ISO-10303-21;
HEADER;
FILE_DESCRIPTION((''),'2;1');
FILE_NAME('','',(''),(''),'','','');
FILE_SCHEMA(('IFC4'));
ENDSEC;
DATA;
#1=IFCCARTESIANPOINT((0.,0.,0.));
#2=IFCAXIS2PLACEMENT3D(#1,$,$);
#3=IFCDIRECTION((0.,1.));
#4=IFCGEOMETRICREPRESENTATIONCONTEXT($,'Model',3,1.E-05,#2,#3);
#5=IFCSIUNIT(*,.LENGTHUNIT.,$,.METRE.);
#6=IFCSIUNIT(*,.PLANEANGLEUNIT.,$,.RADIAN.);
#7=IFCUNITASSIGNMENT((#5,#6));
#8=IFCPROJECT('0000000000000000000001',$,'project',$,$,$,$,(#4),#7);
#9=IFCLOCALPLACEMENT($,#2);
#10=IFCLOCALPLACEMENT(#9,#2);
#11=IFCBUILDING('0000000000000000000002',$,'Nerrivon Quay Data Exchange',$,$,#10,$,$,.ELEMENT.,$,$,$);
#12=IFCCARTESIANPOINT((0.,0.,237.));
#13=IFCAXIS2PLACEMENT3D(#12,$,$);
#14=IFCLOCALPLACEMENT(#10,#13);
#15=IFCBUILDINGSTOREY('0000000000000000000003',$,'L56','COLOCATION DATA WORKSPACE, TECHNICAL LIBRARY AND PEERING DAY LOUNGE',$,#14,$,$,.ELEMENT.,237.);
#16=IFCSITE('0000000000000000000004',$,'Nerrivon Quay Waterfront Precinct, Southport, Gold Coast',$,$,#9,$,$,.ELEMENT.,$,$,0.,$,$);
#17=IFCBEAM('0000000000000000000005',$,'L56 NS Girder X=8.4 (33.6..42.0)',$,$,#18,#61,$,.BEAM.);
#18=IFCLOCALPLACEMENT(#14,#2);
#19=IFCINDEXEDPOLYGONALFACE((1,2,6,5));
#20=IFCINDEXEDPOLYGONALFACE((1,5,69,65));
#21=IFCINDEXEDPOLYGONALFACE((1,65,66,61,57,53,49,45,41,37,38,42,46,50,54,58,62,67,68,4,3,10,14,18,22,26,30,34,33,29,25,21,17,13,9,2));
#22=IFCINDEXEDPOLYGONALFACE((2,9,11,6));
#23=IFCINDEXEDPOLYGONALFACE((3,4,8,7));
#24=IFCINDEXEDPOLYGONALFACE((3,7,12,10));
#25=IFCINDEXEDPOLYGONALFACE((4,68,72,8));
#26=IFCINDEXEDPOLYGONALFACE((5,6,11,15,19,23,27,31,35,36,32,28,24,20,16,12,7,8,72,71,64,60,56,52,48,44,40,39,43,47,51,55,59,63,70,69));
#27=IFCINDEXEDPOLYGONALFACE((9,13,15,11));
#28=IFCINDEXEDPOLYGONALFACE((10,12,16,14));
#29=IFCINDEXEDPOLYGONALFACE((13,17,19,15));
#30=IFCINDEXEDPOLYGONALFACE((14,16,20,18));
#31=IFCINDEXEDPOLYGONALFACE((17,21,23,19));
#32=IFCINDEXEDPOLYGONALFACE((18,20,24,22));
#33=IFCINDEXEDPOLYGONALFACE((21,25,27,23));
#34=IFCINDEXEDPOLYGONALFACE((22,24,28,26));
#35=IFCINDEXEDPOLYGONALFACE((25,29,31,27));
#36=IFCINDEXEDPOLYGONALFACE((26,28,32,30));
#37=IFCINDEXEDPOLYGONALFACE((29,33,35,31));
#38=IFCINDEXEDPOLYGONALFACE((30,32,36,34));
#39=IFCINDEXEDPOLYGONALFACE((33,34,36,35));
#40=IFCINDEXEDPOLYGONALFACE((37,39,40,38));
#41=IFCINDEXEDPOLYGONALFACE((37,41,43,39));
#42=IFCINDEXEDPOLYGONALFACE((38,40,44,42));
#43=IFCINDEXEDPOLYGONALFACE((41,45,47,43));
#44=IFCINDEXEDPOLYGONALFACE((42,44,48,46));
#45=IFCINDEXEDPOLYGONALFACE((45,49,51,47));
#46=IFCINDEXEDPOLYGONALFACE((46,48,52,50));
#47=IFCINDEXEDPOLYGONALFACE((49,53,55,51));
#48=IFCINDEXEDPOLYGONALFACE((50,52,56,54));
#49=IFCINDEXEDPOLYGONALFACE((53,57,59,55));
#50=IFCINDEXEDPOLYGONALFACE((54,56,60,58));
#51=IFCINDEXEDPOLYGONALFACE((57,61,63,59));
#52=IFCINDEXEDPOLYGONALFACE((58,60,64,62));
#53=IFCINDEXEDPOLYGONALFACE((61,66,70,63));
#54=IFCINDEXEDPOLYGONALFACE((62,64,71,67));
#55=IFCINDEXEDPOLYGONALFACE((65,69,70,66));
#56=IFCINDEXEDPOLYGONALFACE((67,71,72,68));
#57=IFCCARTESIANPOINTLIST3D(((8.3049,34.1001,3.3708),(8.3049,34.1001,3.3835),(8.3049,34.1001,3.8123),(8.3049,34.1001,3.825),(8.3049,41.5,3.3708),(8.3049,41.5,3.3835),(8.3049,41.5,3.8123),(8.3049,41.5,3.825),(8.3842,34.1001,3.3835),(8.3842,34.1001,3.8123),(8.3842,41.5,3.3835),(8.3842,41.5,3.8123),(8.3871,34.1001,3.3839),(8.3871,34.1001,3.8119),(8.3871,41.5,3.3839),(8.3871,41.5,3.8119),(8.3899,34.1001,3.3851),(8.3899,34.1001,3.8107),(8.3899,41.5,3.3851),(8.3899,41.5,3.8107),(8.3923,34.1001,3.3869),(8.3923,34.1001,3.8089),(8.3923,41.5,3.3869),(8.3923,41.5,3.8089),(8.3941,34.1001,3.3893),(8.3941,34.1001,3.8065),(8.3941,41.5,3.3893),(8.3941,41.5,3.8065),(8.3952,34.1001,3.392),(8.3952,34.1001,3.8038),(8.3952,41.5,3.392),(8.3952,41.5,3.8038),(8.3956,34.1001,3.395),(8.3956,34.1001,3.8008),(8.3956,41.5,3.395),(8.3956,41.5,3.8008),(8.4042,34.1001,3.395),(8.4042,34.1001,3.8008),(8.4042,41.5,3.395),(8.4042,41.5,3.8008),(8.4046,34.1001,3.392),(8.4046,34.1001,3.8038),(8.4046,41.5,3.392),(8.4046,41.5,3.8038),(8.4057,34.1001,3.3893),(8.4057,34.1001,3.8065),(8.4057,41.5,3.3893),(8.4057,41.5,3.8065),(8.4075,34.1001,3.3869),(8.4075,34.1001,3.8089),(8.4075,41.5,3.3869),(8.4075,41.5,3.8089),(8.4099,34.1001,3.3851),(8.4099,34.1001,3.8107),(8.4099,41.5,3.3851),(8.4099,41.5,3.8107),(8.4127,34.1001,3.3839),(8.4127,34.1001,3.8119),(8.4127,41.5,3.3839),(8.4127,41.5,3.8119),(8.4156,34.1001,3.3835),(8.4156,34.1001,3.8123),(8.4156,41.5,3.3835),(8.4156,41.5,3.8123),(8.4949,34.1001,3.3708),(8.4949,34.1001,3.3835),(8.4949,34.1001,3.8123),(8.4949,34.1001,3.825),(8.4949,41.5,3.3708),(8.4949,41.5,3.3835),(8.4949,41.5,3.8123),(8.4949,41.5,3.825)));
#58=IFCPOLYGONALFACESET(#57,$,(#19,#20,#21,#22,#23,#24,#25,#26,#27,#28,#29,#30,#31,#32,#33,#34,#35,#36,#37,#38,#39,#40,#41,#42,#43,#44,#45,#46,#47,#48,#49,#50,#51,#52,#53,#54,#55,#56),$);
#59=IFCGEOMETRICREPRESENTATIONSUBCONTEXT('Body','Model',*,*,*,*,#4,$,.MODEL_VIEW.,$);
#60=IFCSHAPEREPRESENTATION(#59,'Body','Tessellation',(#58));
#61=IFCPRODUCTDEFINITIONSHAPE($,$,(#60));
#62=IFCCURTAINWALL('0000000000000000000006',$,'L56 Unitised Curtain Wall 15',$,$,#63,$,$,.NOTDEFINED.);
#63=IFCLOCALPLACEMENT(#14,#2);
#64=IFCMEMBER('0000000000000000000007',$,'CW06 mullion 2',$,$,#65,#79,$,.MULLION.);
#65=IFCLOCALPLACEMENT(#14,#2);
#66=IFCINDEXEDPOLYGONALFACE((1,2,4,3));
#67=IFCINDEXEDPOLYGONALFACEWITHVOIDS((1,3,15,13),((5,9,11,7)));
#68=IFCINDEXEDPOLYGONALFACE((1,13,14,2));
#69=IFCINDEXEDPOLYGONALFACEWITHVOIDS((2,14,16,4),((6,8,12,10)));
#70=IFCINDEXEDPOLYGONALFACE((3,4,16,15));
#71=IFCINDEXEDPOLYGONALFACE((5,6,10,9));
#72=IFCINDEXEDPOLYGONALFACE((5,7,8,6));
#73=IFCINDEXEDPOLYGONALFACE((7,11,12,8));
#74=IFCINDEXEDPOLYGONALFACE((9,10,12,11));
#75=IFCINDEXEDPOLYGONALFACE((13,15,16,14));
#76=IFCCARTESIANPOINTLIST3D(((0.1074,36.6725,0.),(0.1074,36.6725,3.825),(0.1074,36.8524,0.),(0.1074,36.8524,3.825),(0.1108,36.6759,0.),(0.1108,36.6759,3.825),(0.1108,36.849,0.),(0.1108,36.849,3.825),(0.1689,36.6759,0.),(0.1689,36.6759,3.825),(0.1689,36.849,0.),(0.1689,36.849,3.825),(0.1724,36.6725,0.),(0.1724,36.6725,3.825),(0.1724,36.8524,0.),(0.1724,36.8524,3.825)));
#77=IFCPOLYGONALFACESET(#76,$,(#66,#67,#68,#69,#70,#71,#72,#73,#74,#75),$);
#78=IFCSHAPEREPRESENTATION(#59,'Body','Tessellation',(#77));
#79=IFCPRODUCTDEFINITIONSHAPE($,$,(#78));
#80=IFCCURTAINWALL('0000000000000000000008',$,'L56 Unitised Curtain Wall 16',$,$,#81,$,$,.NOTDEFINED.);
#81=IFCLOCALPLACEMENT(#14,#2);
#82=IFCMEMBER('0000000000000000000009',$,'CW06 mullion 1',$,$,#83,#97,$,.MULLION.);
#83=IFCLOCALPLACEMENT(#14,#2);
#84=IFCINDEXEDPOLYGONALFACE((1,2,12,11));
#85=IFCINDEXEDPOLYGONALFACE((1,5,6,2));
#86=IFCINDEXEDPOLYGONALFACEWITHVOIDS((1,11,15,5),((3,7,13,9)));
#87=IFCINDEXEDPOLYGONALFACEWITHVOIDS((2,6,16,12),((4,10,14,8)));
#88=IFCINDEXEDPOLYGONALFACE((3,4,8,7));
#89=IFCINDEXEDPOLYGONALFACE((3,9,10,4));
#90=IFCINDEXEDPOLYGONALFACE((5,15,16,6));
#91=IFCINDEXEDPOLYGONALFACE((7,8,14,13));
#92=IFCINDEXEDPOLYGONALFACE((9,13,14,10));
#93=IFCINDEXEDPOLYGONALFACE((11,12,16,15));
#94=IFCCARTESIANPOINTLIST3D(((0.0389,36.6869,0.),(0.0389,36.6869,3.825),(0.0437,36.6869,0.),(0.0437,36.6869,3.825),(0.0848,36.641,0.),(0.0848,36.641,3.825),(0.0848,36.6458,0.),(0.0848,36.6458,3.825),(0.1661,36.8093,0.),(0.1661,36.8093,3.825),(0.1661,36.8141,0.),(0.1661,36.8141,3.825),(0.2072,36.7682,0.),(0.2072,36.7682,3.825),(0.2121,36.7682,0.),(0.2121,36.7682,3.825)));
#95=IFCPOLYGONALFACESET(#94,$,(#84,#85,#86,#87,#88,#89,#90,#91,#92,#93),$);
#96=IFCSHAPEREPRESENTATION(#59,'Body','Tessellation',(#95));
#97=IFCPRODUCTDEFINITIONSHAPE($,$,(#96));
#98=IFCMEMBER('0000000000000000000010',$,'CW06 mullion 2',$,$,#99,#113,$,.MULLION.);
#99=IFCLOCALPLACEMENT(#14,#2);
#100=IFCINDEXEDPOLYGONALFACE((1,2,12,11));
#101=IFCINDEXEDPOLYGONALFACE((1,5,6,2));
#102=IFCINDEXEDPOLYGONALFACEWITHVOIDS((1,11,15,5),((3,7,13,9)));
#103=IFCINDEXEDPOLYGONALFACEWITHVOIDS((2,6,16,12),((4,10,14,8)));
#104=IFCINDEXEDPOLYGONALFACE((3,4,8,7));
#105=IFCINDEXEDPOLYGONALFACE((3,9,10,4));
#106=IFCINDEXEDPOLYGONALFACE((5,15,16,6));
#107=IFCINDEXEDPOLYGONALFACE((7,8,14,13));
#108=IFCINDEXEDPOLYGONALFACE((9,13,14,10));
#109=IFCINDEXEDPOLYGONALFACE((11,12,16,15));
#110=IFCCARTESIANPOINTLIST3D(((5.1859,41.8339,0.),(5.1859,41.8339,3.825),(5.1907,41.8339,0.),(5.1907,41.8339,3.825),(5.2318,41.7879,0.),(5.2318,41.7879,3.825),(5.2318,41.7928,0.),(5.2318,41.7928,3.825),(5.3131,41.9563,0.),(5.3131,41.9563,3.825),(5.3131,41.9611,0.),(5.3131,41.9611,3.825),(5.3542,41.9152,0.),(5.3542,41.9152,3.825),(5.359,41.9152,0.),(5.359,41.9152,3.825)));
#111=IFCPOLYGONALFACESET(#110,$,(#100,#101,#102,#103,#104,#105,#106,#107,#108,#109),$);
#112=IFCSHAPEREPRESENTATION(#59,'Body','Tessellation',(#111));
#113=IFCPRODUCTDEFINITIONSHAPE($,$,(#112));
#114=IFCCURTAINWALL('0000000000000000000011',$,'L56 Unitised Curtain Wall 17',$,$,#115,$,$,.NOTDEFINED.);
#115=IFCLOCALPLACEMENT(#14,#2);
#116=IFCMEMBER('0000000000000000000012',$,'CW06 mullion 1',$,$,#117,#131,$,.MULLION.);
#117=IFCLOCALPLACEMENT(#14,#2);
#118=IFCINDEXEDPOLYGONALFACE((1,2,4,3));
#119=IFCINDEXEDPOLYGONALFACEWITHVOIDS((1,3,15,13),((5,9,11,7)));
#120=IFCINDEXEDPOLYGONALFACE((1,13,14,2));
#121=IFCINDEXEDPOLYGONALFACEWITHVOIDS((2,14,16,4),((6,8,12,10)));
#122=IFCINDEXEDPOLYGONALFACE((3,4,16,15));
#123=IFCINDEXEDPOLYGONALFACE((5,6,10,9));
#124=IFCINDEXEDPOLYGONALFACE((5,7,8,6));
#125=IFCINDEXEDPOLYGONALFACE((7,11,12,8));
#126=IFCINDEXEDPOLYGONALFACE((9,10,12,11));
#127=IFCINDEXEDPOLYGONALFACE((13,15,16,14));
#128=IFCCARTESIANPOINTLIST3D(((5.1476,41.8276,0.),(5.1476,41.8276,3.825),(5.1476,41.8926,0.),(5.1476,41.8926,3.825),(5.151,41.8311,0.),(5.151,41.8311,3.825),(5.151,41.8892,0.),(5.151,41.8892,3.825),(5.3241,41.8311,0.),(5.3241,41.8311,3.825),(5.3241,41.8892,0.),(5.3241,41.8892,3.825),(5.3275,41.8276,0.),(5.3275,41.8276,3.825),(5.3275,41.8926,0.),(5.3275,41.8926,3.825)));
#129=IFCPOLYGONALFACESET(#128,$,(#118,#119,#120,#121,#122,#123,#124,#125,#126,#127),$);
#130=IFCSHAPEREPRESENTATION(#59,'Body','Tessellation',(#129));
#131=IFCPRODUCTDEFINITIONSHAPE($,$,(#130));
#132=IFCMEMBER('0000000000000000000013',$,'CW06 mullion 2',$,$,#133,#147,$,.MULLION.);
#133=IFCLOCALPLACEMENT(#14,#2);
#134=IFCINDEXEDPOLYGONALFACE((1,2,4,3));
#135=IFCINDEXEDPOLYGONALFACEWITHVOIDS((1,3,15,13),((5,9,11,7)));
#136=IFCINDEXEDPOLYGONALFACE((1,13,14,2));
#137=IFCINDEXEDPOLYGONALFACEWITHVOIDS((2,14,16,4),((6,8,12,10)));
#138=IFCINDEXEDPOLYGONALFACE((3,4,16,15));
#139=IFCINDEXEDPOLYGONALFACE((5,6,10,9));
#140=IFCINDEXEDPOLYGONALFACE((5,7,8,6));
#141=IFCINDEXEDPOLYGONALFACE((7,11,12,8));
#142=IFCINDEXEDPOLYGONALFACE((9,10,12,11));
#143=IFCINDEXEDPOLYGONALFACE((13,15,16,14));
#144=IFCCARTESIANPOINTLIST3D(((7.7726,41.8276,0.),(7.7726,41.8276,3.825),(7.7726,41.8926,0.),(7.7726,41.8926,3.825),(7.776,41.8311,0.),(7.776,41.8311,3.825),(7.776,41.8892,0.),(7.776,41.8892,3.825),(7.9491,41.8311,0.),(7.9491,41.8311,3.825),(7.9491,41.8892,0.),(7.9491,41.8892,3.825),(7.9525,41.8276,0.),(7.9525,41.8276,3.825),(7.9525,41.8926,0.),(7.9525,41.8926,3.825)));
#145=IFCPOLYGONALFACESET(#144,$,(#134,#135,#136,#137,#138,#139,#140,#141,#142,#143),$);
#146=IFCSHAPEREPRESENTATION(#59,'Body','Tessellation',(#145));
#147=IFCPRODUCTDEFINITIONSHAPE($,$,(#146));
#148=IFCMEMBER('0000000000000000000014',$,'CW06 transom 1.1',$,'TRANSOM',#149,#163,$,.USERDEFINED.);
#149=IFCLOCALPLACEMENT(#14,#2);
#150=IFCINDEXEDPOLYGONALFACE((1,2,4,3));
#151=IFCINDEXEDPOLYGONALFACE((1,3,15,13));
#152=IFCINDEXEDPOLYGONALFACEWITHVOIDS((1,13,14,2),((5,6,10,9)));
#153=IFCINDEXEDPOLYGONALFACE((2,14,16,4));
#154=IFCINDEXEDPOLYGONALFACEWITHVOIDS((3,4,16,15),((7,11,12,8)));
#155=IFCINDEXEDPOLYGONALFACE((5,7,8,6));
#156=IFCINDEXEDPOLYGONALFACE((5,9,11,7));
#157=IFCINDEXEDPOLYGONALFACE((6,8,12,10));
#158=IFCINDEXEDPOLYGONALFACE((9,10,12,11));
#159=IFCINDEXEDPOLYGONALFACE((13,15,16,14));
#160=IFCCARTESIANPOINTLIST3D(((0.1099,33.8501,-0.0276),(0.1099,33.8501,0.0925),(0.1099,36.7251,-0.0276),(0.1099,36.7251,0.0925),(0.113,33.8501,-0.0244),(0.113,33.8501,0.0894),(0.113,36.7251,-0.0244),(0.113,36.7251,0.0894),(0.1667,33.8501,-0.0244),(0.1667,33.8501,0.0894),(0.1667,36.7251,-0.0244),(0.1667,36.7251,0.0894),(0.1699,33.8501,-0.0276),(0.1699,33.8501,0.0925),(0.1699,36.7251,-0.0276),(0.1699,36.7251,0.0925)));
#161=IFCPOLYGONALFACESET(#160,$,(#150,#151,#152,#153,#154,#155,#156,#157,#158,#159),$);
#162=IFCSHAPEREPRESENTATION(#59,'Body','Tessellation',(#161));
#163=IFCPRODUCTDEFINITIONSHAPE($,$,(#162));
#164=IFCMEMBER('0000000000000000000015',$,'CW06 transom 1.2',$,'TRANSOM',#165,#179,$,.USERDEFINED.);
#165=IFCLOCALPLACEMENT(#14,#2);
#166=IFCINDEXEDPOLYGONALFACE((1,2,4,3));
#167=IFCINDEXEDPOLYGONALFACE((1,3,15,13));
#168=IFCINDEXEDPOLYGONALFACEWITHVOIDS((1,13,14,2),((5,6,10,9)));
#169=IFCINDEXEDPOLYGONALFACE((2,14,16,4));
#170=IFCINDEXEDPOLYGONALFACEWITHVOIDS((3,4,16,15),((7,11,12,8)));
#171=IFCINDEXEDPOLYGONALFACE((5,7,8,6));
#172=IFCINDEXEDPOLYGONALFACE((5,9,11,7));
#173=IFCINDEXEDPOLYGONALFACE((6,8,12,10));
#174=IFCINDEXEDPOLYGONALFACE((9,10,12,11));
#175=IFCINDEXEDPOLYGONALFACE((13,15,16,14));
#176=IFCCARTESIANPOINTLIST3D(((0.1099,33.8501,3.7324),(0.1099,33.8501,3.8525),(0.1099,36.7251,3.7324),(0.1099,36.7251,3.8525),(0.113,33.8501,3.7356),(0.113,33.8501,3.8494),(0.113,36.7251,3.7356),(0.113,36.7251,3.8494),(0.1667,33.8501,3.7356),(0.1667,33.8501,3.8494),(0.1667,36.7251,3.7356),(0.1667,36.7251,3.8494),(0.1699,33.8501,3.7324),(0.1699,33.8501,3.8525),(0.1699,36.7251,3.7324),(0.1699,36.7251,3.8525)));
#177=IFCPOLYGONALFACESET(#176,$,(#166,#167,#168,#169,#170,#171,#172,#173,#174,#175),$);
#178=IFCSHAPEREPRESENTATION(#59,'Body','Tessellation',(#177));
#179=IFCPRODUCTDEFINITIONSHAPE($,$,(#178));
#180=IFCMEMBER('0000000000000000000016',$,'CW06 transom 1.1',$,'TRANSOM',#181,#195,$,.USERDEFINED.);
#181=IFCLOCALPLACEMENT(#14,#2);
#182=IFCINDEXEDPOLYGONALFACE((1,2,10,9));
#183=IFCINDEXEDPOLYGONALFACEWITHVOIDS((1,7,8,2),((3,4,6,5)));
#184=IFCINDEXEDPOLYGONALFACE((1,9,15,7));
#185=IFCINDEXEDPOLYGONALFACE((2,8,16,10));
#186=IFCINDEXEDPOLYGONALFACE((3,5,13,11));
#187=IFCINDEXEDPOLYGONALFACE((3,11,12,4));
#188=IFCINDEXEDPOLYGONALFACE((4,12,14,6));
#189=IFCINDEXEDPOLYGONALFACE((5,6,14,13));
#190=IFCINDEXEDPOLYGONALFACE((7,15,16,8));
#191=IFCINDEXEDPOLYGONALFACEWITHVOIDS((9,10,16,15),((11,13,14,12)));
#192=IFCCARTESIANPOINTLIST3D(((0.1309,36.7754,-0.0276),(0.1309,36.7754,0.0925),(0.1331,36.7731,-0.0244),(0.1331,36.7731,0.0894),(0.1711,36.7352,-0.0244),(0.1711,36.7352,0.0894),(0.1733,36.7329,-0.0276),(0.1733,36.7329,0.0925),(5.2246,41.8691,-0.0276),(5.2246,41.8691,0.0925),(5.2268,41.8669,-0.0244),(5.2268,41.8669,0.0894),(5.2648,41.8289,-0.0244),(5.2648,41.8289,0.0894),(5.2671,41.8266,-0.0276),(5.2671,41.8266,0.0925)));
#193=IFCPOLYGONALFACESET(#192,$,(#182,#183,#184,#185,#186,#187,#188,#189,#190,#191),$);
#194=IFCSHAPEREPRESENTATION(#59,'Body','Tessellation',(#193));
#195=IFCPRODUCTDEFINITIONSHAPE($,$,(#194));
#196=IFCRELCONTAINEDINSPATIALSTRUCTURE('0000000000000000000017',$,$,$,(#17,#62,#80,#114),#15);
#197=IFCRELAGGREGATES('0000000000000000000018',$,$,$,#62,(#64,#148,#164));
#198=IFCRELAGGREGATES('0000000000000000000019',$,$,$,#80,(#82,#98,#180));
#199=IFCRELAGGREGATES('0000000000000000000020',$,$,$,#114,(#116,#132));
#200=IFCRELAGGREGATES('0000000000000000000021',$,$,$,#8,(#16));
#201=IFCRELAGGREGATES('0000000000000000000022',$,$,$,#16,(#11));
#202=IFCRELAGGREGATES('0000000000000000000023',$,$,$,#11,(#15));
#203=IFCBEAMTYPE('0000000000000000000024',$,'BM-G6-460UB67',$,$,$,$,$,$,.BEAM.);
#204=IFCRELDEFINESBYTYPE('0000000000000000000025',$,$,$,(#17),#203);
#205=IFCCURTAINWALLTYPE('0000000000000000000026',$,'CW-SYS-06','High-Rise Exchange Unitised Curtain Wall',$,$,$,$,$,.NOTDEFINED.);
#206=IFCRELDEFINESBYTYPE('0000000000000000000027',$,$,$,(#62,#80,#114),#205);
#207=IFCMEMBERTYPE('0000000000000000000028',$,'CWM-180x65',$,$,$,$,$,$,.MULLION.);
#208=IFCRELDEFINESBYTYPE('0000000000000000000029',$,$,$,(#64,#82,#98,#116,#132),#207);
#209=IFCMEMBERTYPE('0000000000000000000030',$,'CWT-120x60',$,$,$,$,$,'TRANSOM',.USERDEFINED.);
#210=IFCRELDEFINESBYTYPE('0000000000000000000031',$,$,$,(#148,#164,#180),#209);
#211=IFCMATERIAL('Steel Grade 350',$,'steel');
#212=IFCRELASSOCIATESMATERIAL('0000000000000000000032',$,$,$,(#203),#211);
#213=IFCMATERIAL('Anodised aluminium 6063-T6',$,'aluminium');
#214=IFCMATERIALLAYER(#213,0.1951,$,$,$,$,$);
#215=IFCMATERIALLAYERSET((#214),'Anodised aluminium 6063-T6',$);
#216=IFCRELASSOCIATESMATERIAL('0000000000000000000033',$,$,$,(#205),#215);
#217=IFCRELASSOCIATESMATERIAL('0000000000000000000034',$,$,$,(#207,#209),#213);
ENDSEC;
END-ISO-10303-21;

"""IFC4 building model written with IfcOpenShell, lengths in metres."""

from ifc_helpers import new_model, si_unit, direction, frame, origin, origin_2d, place, context, subcontext, project, spatial, hollow_rectangle, i_section, extrude, material, layer, layer_set, material_profile, profile_set, type_object, element, aggregate, save


model = new_model("IFC4")

# Units and contexts
model_context = context("Model", 3, precision=1e-05, world=origin(), true_north=direction((0.0, 1.0)))
body_context = subcontext(model_context, "Body", "Model", "MODEL_VIEW")
ifc_project = project(units=[si_unit("LENGTHUNIT", "METRE"), si_unit("PLANEANGLEUNIT", "RADIAN")], contexts=[model_context])

# Site, building, storey
site_placement = place(None, origin())
site = spatial("IfcSite", under=ifc_project, at=site_placement, Name="Nerrivon Quay Waterfront Precinct, Southport, Gold Coast", CompositionType="ELEMENT", RefElevation=0.0)
building_placement = place(site_placement, origin())
building = spatial("IfcBuilding", under=site, at=building_placement, Name="Nerrivon Quay Data Exchange", CompositionType="ELEMENT")
storey_placement = place(building_placement, frame((0.0, 0.0, 237.0)))
storey = spatial("IfcBuildingStorey", under=building, at=storey_placement, Name="L56", Description="COLOCATION DATA WORKSPACE, TECHNICAL LIBRARY AND PEERING DAY LOUNGE", CompositionType="ELEMENT", Elevation=237.0)

# Beam
ifc_material_1 = material(Name="Steel Grade 350", Category="steel")
ifc_material_profile_1 = material_profile(ifc_material_1, i_section(OverallWidth=0.1899, OverallDepth=0.4541, WebThickness=0.0085, FlangeThickness=0.0127, FilletRadius=0.0115, at=origin_2d()), Name="460UB67.1")
ifc_profile_set_1 = profile_set([ifc_material_profile_1], Name="Steel Grade 350")
beam_type = type_object("IfcBeamType", Name="BM-G6-460UB67", PredefinedType="BEAM", material=ifc_profile_set_1)
beam_placement = place(storey_placement, frame((8.3999, 34.1001, 3.5979), z_axis=(0.0, 1.0, 0.0), x_axis=(-1.0, 0.0, 0.0)))
element("IfcBeam", 1, at=beam_placement, inside=storey, type_object=beam_type, Name="L56 NS Girder X=8.4 (33.6..42.0)", PredefinedType="BEAM", context=body_context, shape_type="SweptSolid", body=[
    extrude(i_section(OverallWidth=0.1899, OverallDepth=0.4541, WebThickness=0.0085, FlangeThickness=0.0127, FilletRadius=0.0115, at=origin_2d()), origin(), (0.0, 0.0, 1.0), 7.3999),
])

# Curtain wall, member
ifc_material_2 = material(Name="Anodised aluminium 6063-T6", Category="aluminium")
ifc_layer_1 = layer(ifc_material_2, 0.1951)
ifc_layer_set_1 = layer_set([ifc_layer_1], Name="Anodised aluminium 6063-T6")
curtain_wall_type = type_object("IfcCurtainWallType", Name="CW-SYS-06", Description="High-Rise Exchange Unitised Curtain Wall", PredefinedType="NOTDEFINED", material=ifc_layer_set_1)
curtain_wall_1_placement = place(storey_placement, origin())
curtain_wall_1 = element("IfcCurtainWall", 2, at=curtain_wall_1_placement, inside=storey, type_object=curtain_wall_type, Name="L56 Unitised Curtain Wall 15", PredefinedType="NOTDEFINED")
ifc_material_profile_2 = material_profile(ifc_material_2, hollow_rectangle(XDim=0.0649, YDim=0.1799, WallThickness=0.0034, at=origin_2d()), Name="ALU-MULL-180x65")
ifc_profile_set_2 = profile_set([ifc_material_profile_2], Name="Anodised aluminium 6063-T6")
member_type_1 = type_object("IfcMemberType", Name="CWM-180x65", PredefinedType="MULLION", material=ifc_profile_set_2)
member_1_placement = place(storey_placement, frame((0.1399, 36.7625, 0.0), z_axis=(0.0, 0.0, 1.0), x_axis=(-1.0, 0.0, 0.0)))
member_1 = element("IfcMember", 3, at=member_1_placement, type_object=member_type_1, Name="CW06 mullion 2", PredefinedType="MULLION", context=body_context, shape_type="SweptSolid", body=[
    extrude(hollow_rectangle(XDim=0.0649, YDim=0.1799, WallThickness=0.0034, at=origin_2d()), origin(), (0.0, 0.0, 1.0), 3.825),
])

# Curtain walls, members
curtain_wall_2_placement = place(storey_placement, origin())
curtain_wall_2 = element("IfcCurtainWall", 4, at=curtain_wall_2_placement, inside=storey, type_object=curtain_wall_type, Name="L56 Unitised Curtain Wall 16", PredefinedType="NOTDEFINED")
member_2_placement = place(storey_placement, frame((0.1255, 36.7275, 0.0), z_axis=(0.0, 0.0, 1.0), x_axis=(-0.707107, 0.707107, 0.0)))
member_2 = element("IfcMember", 5, at=member_2_placement, type_object=member_type_1, Name="CW06 mullion 1", PredefinedType="MULLION", context=body_context, shape_type="SweptSolid", body=[
    extrude(hollow_rectangle(XDim=0.0649, YDim=0.1799, WallThickness=0.0034, at=origin_2d()), origin(), (0.0, 0.0, 1.0), 3.825),
])
member_3_placement = place(storey_placement, frame((5.2725, 41.8745, 0.0), z_axis=(0.0, 0.0, 1.0), x_axis=(-0.707107, 0.707107, 0.0)))
member_3 = element("IfcMember", 6, at=member_3_placement, type_object=member_type_1, Name="CW06 mullion 2", PredefinedType="MULLION", context=body_context, shape_type="SweptSolid", body=[
    extrude(hollow_rectangle(XDim=0.0649, YDim=0.1799, WallThickness=0.0034, at=origin_2d()), origin(), (0.0, 0.0, 1.0), 3.825),
])
curtain_wall_3_placement = place(storey_placement, origin())
curtain_wall_3 = element("IfcCurtainWall", 7, at=curtain_wall_3_placement, inside=storey, type_object=curtain_wall_type, Name="L56 Unitised Curtain Wall 17", PredefinedType="NOTDEFINED")
member_4_placement = place(storey_placement, frame((5.2375, 41.8601, 0.0), z_axis=(0.0, 0.0, 1.0), x_axis=(0.0, 1.0, 0.0)))
member_4 = element("IfcMember", 8, at=member_4_placement, type_object=member_type_1, Name="CW06 mullion 1", PredefinedType="MULLION", context=body_context, shape_type="SweptSolid", body=[
    extrude(hollow_rectangle(XDim=0.0649, YDim=0.1799, WallThickness=0.0034, at=origin_2d()), origin(), (0.0, 0.0, 1.0), 3.825),
])
member_5_placement = place(storey_placement, frame((7.8625, 41.8601, 0.0), z_axis=(0.0, 0.0, 1.0), x_axis=(0.0, 1.0, 0.0)))
member_5 = element("IfcMember", 9, at=member_5_placement, type_object=member_type_1, Name="CW06 mullion 2", PredefinedType="MULLION", context=body_context, shape_type="SweptSolid", body=[
    extrude(hollow_rectangle(XDim=0.0649, YDim=0.1799, WallThickness=0.0034, at=origin_2d()), origin(), (0.0, 0.0, 1.0), 3.825),
])

# Members
ifc_material_profile_3 = material_profile(ifc_material_2, hollow_rectangle(XDim=0.0601, YDim=0.1201, WallThickness=0.0032, at=origin_2d()), Name="ALU-TRAN-120x60")
ifc_profile_set_3 = profile_set([ifc_material_profile_3], Name="Anodised aluminium 6063-T6")
member_type_2 = type_object("IfcMemberType", Name="CWT-120x60", ElementType="TRANSOM", PredefinedType="USERDEFINED", material=ifc_profile_set_3)
member_6_placement = place(storey_placement, frame((0.1399, 33.8501, 0.0325), z_axis=(0.0, 1.0, 0.0), x_axis=(-1.0, 0.0, 0.0)))
member_6 = element("IfcMember", 10, at=member_6_placement, type_object=member_type_2, Name="CW06 transom 1.1", ObjectType="TRANSOM", PredefinedType="USERDEFINED", context=body_context, shape_type="SweptSolid", body=[
    extrude(hollow_rectangle(XDim=0.0601, YDim=0.1201, WallThickness=0.0032, at=origin_2d()), origin(), (0.0, 0.0, 1.0), 2.875),
])
member_7_placement = place(storey_placement, frame((0.1399, 33.8501, 3.7925), z_axis=(0.0, 1.0, 0.0), x_axis=(-1.0, 0.0, 0.0)))
member_7 = element("IfcMember", 11, at=member_7_placement, type_object=member_type_2, Name="CW06 transom 1.2", ObjectType="TRANSOM", PredefinedType="USERDEFINED", context=body_context, shape_type="SweptSolid", body=[
    extrude(hollow_rectangle(XDim=0.0601, YDim=0.1201, WallThickness=0.0032, at=origin_2d()), origin(), (0.0, 0.0, 1.0), 2.875),
])
member_8_placement = place(storey_placement, frame((0.1521, 36.7542, 0.0325), z_axis=(0.707107, 0.707107, 0.0), x_axis=(-0.707107, 0.707107, 0.0)))
member_8 = element("IfcMember", 12, at=member_8_placement, type_object=member_type_2, Name="CW06 transom 1.1", ObjectType="TRANSOM", PredefinedType="USERDEFINED", context=body_context, shape_type="SweptSolid", body=[
    extrude(hollow_rectangle(XDim=0.0601, YDim=0.1201, WallThickness=0.0032, at=origin_2d()), origin(), (0.0, 0.0, 1.0), 7.2036),
])

aggregate(curtain_wall_1, [member_1, member_6, member_7])
aggregate(curtain_wall_2, [member_2, member_3, member_8])
aggregate(curtain_wall_3, [member_4, member_5])

save(model, "model.ifc")
